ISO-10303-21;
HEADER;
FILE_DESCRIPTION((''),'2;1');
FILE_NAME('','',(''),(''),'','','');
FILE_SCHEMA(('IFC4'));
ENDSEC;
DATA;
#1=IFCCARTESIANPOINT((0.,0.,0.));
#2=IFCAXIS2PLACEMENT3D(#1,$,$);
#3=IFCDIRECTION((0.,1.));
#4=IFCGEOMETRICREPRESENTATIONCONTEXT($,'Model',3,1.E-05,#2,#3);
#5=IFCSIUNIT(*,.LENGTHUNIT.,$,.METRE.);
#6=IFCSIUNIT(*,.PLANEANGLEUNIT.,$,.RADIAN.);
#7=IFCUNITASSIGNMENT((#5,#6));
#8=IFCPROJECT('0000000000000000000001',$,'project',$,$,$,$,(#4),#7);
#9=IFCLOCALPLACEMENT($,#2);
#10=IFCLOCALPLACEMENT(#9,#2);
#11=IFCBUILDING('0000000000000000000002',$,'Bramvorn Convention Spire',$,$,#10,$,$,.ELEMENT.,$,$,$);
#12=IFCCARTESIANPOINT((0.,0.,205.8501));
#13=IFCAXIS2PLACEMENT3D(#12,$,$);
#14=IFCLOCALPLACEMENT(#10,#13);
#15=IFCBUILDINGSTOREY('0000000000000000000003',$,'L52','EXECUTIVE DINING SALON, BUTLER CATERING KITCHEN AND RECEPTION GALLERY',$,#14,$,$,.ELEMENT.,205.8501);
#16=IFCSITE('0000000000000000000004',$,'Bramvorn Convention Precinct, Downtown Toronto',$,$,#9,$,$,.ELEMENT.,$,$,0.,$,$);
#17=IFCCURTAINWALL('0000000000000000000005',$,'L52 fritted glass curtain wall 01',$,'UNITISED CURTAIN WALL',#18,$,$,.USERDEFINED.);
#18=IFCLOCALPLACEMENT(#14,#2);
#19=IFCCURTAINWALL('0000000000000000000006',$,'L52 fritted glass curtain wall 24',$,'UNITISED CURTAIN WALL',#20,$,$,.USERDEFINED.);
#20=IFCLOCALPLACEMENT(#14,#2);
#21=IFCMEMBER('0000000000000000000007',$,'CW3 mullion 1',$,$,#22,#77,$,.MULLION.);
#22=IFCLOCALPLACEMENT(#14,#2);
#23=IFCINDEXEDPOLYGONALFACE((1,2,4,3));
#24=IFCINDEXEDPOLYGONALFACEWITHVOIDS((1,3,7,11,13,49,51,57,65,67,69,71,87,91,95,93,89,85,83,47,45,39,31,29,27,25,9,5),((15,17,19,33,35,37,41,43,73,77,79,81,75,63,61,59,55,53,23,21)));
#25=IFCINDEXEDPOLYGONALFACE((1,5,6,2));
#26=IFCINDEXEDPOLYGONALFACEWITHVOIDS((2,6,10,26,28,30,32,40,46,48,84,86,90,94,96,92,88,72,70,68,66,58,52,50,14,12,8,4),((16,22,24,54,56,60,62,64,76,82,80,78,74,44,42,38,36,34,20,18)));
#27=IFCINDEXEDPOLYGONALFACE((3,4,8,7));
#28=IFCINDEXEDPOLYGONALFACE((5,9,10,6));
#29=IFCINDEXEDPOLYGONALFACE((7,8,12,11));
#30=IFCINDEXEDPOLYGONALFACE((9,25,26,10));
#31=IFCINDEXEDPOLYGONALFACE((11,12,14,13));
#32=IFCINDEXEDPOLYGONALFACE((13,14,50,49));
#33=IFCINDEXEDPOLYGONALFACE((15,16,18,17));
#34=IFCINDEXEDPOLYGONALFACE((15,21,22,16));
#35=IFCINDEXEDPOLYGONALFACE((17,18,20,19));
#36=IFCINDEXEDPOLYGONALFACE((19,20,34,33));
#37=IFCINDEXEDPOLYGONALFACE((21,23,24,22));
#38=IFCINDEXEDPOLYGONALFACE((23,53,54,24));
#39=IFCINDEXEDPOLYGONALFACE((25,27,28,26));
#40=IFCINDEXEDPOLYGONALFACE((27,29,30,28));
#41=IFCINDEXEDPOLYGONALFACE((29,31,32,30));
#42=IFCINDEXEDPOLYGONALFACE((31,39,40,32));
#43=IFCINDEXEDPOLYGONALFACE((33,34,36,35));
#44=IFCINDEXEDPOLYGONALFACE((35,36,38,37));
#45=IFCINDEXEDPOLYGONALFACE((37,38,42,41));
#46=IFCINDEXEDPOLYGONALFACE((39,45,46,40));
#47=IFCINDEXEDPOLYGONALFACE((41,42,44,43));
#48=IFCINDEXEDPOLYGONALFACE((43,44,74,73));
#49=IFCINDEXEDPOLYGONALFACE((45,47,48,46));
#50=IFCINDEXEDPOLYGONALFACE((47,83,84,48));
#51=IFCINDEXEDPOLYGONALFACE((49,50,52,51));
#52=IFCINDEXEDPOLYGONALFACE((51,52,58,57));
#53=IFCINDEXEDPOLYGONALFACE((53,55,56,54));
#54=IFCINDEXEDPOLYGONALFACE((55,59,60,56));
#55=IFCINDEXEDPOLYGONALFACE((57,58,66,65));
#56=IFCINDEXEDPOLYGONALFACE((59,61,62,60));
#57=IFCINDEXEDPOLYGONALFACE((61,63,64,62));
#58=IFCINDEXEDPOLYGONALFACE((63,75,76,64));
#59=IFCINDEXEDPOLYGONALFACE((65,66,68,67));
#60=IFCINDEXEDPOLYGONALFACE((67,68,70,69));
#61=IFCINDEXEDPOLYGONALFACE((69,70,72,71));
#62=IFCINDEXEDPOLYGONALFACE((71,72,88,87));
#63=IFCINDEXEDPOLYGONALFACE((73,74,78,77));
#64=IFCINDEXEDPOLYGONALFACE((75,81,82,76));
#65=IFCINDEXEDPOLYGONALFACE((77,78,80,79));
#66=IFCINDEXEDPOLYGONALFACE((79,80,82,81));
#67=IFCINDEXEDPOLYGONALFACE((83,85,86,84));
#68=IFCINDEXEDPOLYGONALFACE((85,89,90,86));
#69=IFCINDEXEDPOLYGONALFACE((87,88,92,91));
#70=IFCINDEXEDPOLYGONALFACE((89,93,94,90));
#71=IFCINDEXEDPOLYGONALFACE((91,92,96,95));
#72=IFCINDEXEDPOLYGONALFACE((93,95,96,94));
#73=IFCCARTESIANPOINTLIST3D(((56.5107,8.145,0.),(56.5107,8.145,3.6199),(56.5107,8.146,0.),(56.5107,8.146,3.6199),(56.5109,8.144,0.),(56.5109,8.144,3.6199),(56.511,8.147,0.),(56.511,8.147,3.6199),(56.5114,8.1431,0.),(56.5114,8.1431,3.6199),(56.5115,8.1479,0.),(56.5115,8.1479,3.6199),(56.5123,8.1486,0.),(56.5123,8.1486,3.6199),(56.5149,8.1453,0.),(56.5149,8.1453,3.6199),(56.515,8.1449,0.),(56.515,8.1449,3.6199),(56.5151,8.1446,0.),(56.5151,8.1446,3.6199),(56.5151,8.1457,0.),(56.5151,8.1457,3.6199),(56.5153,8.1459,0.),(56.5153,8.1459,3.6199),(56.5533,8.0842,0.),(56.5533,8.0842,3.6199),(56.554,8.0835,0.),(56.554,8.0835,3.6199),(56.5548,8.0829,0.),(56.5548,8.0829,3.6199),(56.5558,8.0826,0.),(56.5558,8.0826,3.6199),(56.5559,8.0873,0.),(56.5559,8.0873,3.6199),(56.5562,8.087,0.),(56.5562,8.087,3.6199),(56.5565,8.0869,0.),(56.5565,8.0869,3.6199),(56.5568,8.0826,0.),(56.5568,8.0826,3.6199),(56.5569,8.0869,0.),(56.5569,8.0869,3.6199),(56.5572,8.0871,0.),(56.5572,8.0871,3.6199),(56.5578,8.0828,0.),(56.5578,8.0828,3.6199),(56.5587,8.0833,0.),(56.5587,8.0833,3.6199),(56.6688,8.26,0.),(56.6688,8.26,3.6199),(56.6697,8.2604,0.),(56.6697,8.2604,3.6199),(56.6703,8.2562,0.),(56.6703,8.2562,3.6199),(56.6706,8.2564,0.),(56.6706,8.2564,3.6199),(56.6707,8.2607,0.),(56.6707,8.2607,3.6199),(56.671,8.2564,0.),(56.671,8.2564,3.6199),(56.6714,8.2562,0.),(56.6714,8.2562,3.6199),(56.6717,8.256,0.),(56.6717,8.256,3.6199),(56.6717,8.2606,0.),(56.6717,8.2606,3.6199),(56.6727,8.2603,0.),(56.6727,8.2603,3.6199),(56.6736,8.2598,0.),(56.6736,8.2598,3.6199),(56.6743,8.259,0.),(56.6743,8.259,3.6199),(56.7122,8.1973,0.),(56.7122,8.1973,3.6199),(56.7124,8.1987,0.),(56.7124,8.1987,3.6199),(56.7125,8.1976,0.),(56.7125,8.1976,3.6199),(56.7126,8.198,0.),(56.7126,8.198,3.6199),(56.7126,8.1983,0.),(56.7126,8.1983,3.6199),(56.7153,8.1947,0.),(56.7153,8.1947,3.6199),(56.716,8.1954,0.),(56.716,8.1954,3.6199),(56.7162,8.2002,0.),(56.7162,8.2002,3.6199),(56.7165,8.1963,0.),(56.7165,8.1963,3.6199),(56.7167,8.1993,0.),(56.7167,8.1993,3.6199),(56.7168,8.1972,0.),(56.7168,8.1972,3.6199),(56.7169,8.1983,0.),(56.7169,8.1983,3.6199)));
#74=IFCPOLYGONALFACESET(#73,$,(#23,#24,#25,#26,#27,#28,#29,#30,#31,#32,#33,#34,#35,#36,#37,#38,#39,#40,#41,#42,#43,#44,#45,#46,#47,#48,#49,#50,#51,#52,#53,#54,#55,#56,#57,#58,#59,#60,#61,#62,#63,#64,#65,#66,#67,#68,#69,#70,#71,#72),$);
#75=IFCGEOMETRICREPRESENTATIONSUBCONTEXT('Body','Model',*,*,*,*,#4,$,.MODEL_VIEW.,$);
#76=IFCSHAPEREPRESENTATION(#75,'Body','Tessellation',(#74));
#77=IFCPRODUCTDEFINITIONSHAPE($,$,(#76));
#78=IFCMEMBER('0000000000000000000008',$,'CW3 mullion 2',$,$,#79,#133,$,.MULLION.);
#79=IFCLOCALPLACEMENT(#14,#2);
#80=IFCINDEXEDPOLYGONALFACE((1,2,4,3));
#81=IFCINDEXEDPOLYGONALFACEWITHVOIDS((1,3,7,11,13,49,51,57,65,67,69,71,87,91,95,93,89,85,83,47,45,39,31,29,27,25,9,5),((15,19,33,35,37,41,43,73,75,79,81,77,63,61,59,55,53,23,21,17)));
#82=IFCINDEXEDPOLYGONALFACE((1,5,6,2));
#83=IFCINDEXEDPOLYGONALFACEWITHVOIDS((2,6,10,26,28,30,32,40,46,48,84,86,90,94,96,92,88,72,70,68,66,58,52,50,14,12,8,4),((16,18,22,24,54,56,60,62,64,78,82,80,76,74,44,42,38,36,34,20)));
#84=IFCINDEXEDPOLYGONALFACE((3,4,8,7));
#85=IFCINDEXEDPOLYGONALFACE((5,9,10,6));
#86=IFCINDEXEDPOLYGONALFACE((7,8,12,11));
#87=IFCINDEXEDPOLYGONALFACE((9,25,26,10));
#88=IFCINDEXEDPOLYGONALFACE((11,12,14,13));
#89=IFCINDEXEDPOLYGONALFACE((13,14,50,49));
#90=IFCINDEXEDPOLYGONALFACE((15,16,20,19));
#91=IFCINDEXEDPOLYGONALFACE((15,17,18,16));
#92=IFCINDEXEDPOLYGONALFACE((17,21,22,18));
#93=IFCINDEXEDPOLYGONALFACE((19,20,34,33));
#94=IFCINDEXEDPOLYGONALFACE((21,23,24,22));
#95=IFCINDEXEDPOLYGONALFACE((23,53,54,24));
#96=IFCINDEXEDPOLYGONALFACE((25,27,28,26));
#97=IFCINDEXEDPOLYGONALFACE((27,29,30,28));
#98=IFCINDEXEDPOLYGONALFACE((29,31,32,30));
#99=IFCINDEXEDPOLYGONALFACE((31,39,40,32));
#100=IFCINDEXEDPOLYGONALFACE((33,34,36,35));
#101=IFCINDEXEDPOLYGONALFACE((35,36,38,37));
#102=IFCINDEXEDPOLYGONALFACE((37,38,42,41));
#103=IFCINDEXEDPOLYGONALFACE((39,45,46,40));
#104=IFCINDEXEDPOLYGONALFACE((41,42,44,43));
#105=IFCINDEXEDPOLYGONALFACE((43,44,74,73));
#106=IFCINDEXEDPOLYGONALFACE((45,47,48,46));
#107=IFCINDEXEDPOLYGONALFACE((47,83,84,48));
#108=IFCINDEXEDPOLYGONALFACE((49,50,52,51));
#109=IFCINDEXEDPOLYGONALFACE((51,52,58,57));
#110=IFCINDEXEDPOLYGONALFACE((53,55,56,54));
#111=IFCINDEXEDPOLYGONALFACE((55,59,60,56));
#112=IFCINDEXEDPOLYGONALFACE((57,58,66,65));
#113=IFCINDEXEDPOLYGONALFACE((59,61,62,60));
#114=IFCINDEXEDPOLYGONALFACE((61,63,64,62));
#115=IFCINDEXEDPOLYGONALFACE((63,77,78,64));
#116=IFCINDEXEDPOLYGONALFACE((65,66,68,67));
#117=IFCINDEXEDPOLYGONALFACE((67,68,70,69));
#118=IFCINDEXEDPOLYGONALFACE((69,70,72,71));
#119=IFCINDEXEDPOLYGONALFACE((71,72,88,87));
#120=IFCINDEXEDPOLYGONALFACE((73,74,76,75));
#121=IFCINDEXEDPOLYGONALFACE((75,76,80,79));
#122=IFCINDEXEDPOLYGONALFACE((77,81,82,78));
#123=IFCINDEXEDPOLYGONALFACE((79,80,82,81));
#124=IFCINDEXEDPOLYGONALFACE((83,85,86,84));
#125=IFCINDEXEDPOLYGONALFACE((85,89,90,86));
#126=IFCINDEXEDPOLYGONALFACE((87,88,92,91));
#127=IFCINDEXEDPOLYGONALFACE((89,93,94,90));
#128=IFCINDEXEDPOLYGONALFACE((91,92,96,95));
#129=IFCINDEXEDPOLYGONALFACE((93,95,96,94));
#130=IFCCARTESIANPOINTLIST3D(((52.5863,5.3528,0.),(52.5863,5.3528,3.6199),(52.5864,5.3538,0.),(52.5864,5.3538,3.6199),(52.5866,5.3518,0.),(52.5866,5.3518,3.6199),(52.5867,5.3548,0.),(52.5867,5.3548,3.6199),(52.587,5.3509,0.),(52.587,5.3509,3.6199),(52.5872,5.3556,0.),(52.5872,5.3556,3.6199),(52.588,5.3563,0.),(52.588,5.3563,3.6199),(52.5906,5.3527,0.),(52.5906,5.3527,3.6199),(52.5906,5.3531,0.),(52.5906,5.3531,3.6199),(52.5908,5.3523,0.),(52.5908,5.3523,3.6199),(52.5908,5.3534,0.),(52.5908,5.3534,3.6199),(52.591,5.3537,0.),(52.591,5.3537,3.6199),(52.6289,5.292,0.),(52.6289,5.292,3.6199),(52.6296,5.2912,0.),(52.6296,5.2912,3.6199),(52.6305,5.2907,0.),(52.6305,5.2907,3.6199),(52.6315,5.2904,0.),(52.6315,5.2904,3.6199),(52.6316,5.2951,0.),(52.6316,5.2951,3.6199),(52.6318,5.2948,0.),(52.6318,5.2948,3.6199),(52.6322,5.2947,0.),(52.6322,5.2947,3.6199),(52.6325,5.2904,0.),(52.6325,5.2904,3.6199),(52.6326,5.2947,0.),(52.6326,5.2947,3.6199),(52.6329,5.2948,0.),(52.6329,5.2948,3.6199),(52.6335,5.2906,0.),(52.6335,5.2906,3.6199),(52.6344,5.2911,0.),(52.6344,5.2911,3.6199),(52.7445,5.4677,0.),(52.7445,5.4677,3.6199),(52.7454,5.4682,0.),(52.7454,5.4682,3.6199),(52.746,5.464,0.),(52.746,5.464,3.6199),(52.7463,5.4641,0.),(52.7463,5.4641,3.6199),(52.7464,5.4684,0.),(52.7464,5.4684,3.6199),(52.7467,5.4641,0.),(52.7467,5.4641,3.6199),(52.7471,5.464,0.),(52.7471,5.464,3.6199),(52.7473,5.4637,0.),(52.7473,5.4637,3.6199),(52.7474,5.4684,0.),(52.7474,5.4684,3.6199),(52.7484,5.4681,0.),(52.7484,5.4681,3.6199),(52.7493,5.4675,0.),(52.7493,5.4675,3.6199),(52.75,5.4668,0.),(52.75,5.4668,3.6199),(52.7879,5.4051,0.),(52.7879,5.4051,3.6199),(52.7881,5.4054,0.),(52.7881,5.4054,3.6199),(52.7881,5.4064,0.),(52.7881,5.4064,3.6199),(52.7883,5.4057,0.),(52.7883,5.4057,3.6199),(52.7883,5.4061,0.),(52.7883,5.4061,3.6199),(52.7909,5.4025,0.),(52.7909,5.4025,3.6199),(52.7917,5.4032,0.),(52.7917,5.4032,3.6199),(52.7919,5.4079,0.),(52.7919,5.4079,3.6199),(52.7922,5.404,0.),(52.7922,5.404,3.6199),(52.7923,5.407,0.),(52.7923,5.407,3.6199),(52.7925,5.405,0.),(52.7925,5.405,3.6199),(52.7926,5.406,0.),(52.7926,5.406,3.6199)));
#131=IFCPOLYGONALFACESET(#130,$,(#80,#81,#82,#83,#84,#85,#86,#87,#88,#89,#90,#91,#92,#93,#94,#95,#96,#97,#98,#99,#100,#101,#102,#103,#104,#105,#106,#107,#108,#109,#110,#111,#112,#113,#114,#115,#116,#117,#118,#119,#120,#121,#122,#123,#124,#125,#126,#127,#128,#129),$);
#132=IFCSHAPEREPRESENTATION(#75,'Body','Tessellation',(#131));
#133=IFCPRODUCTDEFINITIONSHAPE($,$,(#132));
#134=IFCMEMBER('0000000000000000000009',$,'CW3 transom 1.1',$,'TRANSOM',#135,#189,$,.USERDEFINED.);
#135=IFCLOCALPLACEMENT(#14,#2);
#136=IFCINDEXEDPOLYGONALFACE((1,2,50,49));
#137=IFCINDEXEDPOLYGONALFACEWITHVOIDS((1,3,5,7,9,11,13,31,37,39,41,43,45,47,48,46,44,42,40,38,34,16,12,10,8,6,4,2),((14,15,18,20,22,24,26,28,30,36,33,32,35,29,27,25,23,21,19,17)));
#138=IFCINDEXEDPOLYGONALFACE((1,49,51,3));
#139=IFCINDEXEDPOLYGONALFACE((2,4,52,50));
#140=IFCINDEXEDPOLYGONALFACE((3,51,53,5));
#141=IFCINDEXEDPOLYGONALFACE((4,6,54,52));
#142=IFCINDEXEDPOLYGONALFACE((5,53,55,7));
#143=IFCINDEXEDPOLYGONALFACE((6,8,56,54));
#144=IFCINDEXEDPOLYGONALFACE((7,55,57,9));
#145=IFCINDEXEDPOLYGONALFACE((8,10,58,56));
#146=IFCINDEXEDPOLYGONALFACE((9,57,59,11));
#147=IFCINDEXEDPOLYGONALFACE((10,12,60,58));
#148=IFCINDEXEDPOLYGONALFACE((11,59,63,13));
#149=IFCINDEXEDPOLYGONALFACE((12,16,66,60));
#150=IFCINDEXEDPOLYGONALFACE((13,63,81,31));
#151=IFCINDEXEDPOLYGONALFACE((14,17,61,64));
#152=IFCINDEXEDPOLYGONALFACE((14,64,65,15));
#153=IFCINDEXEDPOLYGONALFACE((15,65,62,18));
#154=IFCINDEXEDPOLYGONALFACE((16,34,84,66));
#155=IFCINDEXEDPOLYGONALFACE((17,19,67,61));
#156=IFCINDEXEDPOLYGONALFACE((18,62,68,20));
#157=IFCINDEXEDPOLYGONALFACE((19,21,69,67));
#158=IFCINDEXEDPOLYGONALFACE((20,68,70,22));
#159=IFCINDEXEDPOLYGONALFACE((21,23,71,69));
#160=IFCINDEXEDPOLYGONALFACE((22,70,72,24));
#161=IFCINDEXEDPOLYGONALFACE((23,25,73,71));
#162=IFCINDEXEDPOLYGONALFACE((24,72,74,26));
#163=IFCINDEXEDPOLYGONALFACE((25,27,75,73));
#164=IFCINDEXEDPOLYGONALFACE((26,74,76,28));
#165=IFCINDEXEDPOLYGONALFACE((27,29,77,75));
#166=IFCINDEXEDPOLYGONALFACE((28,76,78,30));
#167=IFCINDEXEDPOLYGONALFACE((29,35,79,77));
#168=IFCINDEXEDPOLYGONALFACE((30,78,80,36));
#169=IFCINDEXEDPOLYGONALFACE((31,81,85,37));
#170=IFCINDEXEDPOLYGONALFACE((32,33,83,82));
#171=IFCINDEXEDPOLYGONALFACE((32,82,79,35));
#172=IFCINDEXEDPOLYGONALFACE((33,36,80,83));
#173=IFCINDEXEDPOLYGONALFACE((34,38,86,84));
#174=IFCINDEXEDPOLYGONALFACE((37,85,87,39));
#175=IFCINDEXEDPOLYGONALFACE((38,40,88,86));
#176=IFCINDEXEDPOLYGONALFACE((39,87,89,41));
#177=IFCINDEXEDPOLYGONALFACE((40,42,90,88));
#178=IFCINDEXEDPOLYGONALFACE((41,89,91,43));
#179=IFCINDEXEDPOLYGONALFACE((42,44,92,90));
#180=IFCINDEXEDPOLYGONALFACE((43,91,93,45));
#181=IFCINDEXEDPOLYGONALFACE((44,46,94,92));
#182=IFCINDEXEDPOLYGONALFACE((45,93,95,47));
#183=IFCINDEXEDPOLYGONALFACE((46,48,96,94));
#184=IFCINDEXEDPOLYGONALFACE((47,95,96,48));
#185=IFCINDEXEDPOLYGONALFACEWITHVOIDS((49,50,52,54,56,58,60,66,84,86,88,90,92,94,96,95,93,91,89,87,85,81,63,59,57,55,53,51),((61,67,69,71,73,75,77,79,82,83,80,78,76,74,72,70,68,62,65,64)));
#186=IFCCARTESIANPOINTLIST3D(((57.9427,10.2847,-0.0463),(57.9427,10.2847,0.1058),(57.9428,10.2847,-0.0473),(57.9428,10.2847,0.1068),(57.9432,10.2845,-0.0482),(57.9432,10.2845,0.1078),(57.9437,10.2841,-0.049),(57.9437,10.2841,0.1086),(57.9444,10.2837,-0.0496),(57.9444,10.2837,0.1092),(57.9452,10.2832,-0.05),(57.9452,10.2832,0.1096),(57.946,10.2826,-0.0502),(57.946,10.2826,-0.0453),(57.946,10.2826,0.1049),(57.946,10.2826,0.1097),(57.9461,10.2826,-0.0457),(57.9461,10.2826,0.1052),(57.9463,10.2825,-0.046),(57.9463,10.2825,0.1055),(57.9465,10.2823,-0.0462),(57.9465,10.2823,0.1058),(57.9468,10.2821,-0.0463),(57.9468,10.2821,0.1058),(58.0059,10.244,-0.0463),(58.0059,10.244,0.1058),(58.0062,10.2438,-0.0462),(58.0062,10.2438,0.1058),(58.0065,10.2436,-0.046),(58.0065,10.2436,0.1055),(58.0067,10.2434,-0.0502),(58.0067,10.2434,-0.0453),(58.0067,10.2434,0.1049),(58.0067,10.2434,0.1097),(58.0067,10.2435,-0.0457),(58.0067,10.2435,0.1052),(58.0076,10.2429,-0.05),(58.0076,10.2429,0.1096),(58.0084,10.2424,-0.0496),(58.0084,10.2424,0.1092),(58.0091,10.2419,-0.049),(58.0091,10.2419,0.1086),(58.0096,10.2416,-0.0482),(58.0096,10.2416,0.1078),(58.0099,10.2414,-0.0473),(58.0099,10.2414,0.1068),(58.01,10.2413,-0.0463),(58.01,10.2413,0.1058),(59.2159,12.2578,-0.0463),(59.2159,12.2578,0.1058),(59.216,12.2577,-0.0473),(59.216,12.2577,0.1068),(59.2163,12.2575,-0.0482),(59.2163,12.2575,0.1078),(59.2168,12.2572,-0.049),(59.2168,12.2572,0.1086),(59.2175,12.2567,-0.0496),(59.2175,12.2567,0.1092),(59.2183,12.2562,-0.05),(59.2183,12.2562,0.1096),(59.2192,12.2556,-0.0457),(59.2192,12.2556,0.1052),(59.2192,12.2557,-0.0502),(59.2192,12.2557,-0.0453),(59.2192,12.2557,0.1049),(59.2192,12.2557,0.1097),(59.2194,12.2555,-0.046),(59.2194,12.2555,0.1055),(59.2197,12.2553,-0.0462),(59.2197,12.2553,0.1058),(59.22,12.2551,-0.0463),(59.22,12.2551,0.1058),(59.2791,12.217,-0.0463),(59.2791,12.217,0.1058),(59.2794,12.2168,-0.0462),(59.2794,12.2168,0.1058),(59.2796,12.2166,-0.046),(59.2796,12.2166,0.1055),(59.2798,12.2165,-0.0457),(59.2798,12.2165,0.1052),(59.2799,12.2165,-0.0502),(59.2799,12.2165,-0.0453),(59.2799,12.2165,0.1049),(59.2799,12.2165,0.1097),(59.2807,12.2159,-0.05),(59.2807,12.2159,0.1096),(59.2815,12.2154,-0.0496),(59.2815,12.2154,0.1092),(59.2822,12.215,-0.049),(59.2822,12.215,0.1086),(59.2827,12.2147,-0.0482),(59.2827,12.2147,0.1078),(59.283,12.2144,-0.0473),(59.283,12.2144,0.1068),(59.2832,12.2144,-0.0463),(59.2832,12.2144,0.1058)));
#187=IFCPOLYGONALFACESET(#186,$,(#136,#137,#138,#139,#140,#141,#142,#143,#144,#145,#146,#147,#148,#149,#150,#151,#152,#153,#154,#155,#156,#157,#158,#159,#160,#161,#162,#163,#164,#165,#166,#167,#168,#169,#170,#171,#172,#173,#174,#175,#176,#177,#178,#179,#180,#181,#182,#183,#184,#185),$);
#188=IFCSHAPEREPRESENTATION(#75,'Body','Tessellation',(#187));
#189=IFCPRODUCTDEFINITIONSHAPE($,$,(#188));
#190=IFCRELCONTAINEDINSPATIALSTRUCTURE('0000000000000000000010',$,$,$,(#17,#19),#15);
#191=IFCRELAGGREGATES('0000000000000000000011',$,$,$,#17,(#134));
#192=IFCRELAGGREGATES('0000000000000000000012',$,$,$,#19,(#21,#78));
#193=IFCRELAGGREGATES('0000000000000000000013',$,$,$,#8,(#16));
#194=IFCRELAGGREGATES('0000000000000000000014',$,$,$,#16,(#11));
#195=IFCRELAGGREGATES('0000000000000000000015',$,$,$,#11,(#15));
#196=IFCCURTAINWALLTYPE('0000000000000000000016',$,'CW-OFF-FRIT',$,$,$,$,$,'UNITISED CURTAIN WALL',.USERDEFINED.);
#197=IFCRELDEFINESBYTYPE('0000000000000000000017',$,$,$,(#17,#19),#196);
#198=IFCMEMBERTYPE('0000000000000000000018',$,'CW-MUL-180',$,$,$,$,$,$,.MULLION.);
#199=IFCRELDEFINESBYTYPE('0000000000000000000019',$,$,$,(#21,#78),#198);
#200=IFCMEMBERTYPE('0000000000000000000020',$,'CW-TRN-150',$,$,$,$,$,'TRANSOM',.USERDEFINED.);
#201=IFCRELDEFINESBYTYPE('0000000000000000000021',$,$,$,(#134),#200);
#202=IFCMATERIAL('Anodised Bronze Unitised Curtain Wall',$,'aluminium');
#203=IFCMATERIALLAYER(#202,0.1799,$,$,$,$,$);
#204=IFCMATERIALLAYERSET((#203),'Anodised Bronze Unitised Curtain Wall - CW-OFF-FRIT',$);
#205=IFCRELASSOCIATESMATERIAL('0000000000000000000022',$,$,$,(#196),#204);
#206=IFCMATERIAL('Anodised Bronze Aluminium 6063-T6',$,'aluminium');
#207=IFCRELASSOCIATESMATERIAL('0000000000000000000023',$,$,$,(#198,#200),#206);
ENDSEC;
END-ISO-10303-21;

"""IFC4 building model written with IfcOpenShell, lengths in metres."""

from ifc_helpers import new_model, si_unit, direction, frame, origin, origin_2d, place, context, subcontext, project, spatial, hollow_rectangle, extrude, material, layer, layer_set, material_profile, profile_set, type_object, element, aggregate, save


model = new_model("IFC4")

# Units and contexts
model_context = context("Model", 3, precision=1e-05, world=origin(), true_north=direction((0.0, 1.0)))
body_context = subcontext(model_context, "Body", "Model", "MODEL_VIEW")
ifc_project = project(units=[si_unit("LENGTHUNIT", "METRE"), si_unit("PLANEANGLEUNIT", "RADIAN")], contexts=[model_context])

# Site, building, storey
site_placement = place(None, origin())
site = spatial("IfcSite", under=ifc_project, at=site_placement, Name="Bramvorn Convention Precinct, Downtown Toronto", CompositionType="ELEMENT", RefElevation=0.0)
building_placement = place(site_placement, origin())
building = spatial("IfcBuilding", under=site, at=building_placement, Name="Bramvorn Convention Spire", CompositionType="ELEMENT")
storey_placement = place(building_placement, frame((0.0, 0.0, 205.8501)))
storey = spatial("IfcBuildingStorey", under=building, at=storey_placement, Name="L52", Description="EXECUTIVE DINING SALON, BUTLER CATERING KITCHEN AND RECEPTION GALLERY", CompositionType="ELEMENT", Elevation=205.8501)

# Curtain walls, members
ifc_material_1 = material(Name="Anodised Bronze Unitised Curtain Wall", Category="aluminium")
ifc_layer_1 = layer(ifc_material_1, 0.1799)
ifc_layer_set_1 = layer_set([ifc_layer_1], Name="Anodised Bronze Unitised Curtain Wall - CW-OFF-FRIT")
curtain_wall_type = type_object("IfcCurtainWallType", Name="CW-OFF-FRIT", ElementType="UNITISED CURTAIN WALL", PredefinedType="USERDEFINED", material=ifc_layer_set_1)
curtain_wall_1_placement = place(storey_placement, origin())
curtain_wall_1 = element("IfcCurtainWall", 1, at=curtain_wall_1_placement, inside=storey, type_object=curtain_wall_type, Name="L52 fritted glass curtain wall 01", ObjectType="UNITISED CURTAIN WALL", PredefinedType="USERDEFINED")
ifc_material_2 = material(Name="Anodised Bronze Aluminium 6063-T6", Category="aluminium")
ifc_material_profile_1 = material_profile(ifc_material_2, hollow_rectangle(XDim=0.0801, YDim=0.2, WallThickness=0.0039, InnerFilletRadius=0.001, OuterFilletRadius=0.0039, at=origin_2d()))
ifc_profile_set_1 = profile_set([ifc_material_profile_1], Name="Anodised Bronze Aluminium 6063-T6 - CWM80X200")
member_type_1 = type_object("IfcMemberType", Name="CW-MUL-180", PredefinedType="MULLION", material=ifc_profile_set_1)
curtain_wall_2_placement = place(storey_placement, origin())
curtain_wall_2 = element("IfcCurtainWall", 2, at=curtain_wall_2_placement, inside=storey, type_object=curtain_wall_type, Name="L52 fritted glass curtain wall 24", ObjectType="UNITISED CURTAIN WALL", PredefinedType="USERDEFINED")
member_1_placement = place(storey_placement, frame((56.6138, 8.1716, 0.0), z_axis=(0.0, 0.0, 1.0), x_axis=(0.579757, -0.814789, 0.0)))
member_1 = element("IfcMember", 3, at=member_1_placement, type_object=member_type_1, Name="CW3 mullion 1", PredefinedType="MULLION", context=body_context, shape_type="SweptSolid", body=[
    extrude(hollow_rectangle(XDim=0.0801, YDim=0.2, WallThickness=0.0039, InnerFilletRadius=0.001, OuterFilletRadius=0.0039, at=origin_2d()), origin(), (0.0, 0.0, 1.0), 3.6199),
])
member_2_placement = place(storey_placement, frame((52.6895, 5.3794, 0.0), z_axis=(0.0, 0.0, 1.0), x_axis=(0.579757, -0.814789, 0.0)))
member_2 = element("IfcMember", 4, at=member_2_placement, type_object=member_type_1, Name="CW3 mullion 2", PredefinedType="MULLION", context=body_context, shape_type="SweptSolid", body=[
    extrude(hollow_rectangle(XDim=0.0801, YDim=0.2, WallThickness=0.0039, InnerFilletRadius=0.001, OuterFilletRadius=0.0039, at=origin_2d()), origin(), (0.0, 0.0, 1.0), 3.6199),
])

# Member
ifc_material_profile_2 = material_profile(ifc_material_2, hollow_rectangle(XDim=0.0801, YDim=0.1599, WallThickness=0.0039, InnerFilletRadius=0.001, OuterFilletRadius=0.0039, at=origin_2d()))
ifc_profile_set_2 = profile_set([ifc_material_profile_2], Name="Anodised Bronze Aluminium 6063-T6 - CWT80X160")
member_type_2 = type_object("IfcMemberType", Name="CW-TRN-150", ElementType="TRANSOM", PredefinedType="USERDEFINED", material=ifc_profile_set_2)
member_3_placement = place(storey_placement, frame((59.2495, 12.2361, 0.0298), z_axis=(-0.542186, -0.840258, 0.0), x_axis=(0.840258, -0.542186, 0.0)))
member_3 = element("IfcMember", 5, at=member_3_placement, type_object=member_type_2, Name="CW3 transom 1.1", ObjectType="TRANSOM", PredefinedType="USERDEFINED", context=body_context, shape_type="SweptSolid", body=[
    extrude(hollow_rectangle(XDim=0.0801, YDim=0.1599, WallThickness=0.0039, InnerFilletRadius=0.001, OuterFilletRadius=0.0039, at=origin_2d()), origin(), (0.0, 0.0, 1.0), 2.3481),
])

aggregate(curtain_wall_1, [member_3])
aggregate(curtain_wall_2, [member_1, member_2])

save(model, "model.ifc")
